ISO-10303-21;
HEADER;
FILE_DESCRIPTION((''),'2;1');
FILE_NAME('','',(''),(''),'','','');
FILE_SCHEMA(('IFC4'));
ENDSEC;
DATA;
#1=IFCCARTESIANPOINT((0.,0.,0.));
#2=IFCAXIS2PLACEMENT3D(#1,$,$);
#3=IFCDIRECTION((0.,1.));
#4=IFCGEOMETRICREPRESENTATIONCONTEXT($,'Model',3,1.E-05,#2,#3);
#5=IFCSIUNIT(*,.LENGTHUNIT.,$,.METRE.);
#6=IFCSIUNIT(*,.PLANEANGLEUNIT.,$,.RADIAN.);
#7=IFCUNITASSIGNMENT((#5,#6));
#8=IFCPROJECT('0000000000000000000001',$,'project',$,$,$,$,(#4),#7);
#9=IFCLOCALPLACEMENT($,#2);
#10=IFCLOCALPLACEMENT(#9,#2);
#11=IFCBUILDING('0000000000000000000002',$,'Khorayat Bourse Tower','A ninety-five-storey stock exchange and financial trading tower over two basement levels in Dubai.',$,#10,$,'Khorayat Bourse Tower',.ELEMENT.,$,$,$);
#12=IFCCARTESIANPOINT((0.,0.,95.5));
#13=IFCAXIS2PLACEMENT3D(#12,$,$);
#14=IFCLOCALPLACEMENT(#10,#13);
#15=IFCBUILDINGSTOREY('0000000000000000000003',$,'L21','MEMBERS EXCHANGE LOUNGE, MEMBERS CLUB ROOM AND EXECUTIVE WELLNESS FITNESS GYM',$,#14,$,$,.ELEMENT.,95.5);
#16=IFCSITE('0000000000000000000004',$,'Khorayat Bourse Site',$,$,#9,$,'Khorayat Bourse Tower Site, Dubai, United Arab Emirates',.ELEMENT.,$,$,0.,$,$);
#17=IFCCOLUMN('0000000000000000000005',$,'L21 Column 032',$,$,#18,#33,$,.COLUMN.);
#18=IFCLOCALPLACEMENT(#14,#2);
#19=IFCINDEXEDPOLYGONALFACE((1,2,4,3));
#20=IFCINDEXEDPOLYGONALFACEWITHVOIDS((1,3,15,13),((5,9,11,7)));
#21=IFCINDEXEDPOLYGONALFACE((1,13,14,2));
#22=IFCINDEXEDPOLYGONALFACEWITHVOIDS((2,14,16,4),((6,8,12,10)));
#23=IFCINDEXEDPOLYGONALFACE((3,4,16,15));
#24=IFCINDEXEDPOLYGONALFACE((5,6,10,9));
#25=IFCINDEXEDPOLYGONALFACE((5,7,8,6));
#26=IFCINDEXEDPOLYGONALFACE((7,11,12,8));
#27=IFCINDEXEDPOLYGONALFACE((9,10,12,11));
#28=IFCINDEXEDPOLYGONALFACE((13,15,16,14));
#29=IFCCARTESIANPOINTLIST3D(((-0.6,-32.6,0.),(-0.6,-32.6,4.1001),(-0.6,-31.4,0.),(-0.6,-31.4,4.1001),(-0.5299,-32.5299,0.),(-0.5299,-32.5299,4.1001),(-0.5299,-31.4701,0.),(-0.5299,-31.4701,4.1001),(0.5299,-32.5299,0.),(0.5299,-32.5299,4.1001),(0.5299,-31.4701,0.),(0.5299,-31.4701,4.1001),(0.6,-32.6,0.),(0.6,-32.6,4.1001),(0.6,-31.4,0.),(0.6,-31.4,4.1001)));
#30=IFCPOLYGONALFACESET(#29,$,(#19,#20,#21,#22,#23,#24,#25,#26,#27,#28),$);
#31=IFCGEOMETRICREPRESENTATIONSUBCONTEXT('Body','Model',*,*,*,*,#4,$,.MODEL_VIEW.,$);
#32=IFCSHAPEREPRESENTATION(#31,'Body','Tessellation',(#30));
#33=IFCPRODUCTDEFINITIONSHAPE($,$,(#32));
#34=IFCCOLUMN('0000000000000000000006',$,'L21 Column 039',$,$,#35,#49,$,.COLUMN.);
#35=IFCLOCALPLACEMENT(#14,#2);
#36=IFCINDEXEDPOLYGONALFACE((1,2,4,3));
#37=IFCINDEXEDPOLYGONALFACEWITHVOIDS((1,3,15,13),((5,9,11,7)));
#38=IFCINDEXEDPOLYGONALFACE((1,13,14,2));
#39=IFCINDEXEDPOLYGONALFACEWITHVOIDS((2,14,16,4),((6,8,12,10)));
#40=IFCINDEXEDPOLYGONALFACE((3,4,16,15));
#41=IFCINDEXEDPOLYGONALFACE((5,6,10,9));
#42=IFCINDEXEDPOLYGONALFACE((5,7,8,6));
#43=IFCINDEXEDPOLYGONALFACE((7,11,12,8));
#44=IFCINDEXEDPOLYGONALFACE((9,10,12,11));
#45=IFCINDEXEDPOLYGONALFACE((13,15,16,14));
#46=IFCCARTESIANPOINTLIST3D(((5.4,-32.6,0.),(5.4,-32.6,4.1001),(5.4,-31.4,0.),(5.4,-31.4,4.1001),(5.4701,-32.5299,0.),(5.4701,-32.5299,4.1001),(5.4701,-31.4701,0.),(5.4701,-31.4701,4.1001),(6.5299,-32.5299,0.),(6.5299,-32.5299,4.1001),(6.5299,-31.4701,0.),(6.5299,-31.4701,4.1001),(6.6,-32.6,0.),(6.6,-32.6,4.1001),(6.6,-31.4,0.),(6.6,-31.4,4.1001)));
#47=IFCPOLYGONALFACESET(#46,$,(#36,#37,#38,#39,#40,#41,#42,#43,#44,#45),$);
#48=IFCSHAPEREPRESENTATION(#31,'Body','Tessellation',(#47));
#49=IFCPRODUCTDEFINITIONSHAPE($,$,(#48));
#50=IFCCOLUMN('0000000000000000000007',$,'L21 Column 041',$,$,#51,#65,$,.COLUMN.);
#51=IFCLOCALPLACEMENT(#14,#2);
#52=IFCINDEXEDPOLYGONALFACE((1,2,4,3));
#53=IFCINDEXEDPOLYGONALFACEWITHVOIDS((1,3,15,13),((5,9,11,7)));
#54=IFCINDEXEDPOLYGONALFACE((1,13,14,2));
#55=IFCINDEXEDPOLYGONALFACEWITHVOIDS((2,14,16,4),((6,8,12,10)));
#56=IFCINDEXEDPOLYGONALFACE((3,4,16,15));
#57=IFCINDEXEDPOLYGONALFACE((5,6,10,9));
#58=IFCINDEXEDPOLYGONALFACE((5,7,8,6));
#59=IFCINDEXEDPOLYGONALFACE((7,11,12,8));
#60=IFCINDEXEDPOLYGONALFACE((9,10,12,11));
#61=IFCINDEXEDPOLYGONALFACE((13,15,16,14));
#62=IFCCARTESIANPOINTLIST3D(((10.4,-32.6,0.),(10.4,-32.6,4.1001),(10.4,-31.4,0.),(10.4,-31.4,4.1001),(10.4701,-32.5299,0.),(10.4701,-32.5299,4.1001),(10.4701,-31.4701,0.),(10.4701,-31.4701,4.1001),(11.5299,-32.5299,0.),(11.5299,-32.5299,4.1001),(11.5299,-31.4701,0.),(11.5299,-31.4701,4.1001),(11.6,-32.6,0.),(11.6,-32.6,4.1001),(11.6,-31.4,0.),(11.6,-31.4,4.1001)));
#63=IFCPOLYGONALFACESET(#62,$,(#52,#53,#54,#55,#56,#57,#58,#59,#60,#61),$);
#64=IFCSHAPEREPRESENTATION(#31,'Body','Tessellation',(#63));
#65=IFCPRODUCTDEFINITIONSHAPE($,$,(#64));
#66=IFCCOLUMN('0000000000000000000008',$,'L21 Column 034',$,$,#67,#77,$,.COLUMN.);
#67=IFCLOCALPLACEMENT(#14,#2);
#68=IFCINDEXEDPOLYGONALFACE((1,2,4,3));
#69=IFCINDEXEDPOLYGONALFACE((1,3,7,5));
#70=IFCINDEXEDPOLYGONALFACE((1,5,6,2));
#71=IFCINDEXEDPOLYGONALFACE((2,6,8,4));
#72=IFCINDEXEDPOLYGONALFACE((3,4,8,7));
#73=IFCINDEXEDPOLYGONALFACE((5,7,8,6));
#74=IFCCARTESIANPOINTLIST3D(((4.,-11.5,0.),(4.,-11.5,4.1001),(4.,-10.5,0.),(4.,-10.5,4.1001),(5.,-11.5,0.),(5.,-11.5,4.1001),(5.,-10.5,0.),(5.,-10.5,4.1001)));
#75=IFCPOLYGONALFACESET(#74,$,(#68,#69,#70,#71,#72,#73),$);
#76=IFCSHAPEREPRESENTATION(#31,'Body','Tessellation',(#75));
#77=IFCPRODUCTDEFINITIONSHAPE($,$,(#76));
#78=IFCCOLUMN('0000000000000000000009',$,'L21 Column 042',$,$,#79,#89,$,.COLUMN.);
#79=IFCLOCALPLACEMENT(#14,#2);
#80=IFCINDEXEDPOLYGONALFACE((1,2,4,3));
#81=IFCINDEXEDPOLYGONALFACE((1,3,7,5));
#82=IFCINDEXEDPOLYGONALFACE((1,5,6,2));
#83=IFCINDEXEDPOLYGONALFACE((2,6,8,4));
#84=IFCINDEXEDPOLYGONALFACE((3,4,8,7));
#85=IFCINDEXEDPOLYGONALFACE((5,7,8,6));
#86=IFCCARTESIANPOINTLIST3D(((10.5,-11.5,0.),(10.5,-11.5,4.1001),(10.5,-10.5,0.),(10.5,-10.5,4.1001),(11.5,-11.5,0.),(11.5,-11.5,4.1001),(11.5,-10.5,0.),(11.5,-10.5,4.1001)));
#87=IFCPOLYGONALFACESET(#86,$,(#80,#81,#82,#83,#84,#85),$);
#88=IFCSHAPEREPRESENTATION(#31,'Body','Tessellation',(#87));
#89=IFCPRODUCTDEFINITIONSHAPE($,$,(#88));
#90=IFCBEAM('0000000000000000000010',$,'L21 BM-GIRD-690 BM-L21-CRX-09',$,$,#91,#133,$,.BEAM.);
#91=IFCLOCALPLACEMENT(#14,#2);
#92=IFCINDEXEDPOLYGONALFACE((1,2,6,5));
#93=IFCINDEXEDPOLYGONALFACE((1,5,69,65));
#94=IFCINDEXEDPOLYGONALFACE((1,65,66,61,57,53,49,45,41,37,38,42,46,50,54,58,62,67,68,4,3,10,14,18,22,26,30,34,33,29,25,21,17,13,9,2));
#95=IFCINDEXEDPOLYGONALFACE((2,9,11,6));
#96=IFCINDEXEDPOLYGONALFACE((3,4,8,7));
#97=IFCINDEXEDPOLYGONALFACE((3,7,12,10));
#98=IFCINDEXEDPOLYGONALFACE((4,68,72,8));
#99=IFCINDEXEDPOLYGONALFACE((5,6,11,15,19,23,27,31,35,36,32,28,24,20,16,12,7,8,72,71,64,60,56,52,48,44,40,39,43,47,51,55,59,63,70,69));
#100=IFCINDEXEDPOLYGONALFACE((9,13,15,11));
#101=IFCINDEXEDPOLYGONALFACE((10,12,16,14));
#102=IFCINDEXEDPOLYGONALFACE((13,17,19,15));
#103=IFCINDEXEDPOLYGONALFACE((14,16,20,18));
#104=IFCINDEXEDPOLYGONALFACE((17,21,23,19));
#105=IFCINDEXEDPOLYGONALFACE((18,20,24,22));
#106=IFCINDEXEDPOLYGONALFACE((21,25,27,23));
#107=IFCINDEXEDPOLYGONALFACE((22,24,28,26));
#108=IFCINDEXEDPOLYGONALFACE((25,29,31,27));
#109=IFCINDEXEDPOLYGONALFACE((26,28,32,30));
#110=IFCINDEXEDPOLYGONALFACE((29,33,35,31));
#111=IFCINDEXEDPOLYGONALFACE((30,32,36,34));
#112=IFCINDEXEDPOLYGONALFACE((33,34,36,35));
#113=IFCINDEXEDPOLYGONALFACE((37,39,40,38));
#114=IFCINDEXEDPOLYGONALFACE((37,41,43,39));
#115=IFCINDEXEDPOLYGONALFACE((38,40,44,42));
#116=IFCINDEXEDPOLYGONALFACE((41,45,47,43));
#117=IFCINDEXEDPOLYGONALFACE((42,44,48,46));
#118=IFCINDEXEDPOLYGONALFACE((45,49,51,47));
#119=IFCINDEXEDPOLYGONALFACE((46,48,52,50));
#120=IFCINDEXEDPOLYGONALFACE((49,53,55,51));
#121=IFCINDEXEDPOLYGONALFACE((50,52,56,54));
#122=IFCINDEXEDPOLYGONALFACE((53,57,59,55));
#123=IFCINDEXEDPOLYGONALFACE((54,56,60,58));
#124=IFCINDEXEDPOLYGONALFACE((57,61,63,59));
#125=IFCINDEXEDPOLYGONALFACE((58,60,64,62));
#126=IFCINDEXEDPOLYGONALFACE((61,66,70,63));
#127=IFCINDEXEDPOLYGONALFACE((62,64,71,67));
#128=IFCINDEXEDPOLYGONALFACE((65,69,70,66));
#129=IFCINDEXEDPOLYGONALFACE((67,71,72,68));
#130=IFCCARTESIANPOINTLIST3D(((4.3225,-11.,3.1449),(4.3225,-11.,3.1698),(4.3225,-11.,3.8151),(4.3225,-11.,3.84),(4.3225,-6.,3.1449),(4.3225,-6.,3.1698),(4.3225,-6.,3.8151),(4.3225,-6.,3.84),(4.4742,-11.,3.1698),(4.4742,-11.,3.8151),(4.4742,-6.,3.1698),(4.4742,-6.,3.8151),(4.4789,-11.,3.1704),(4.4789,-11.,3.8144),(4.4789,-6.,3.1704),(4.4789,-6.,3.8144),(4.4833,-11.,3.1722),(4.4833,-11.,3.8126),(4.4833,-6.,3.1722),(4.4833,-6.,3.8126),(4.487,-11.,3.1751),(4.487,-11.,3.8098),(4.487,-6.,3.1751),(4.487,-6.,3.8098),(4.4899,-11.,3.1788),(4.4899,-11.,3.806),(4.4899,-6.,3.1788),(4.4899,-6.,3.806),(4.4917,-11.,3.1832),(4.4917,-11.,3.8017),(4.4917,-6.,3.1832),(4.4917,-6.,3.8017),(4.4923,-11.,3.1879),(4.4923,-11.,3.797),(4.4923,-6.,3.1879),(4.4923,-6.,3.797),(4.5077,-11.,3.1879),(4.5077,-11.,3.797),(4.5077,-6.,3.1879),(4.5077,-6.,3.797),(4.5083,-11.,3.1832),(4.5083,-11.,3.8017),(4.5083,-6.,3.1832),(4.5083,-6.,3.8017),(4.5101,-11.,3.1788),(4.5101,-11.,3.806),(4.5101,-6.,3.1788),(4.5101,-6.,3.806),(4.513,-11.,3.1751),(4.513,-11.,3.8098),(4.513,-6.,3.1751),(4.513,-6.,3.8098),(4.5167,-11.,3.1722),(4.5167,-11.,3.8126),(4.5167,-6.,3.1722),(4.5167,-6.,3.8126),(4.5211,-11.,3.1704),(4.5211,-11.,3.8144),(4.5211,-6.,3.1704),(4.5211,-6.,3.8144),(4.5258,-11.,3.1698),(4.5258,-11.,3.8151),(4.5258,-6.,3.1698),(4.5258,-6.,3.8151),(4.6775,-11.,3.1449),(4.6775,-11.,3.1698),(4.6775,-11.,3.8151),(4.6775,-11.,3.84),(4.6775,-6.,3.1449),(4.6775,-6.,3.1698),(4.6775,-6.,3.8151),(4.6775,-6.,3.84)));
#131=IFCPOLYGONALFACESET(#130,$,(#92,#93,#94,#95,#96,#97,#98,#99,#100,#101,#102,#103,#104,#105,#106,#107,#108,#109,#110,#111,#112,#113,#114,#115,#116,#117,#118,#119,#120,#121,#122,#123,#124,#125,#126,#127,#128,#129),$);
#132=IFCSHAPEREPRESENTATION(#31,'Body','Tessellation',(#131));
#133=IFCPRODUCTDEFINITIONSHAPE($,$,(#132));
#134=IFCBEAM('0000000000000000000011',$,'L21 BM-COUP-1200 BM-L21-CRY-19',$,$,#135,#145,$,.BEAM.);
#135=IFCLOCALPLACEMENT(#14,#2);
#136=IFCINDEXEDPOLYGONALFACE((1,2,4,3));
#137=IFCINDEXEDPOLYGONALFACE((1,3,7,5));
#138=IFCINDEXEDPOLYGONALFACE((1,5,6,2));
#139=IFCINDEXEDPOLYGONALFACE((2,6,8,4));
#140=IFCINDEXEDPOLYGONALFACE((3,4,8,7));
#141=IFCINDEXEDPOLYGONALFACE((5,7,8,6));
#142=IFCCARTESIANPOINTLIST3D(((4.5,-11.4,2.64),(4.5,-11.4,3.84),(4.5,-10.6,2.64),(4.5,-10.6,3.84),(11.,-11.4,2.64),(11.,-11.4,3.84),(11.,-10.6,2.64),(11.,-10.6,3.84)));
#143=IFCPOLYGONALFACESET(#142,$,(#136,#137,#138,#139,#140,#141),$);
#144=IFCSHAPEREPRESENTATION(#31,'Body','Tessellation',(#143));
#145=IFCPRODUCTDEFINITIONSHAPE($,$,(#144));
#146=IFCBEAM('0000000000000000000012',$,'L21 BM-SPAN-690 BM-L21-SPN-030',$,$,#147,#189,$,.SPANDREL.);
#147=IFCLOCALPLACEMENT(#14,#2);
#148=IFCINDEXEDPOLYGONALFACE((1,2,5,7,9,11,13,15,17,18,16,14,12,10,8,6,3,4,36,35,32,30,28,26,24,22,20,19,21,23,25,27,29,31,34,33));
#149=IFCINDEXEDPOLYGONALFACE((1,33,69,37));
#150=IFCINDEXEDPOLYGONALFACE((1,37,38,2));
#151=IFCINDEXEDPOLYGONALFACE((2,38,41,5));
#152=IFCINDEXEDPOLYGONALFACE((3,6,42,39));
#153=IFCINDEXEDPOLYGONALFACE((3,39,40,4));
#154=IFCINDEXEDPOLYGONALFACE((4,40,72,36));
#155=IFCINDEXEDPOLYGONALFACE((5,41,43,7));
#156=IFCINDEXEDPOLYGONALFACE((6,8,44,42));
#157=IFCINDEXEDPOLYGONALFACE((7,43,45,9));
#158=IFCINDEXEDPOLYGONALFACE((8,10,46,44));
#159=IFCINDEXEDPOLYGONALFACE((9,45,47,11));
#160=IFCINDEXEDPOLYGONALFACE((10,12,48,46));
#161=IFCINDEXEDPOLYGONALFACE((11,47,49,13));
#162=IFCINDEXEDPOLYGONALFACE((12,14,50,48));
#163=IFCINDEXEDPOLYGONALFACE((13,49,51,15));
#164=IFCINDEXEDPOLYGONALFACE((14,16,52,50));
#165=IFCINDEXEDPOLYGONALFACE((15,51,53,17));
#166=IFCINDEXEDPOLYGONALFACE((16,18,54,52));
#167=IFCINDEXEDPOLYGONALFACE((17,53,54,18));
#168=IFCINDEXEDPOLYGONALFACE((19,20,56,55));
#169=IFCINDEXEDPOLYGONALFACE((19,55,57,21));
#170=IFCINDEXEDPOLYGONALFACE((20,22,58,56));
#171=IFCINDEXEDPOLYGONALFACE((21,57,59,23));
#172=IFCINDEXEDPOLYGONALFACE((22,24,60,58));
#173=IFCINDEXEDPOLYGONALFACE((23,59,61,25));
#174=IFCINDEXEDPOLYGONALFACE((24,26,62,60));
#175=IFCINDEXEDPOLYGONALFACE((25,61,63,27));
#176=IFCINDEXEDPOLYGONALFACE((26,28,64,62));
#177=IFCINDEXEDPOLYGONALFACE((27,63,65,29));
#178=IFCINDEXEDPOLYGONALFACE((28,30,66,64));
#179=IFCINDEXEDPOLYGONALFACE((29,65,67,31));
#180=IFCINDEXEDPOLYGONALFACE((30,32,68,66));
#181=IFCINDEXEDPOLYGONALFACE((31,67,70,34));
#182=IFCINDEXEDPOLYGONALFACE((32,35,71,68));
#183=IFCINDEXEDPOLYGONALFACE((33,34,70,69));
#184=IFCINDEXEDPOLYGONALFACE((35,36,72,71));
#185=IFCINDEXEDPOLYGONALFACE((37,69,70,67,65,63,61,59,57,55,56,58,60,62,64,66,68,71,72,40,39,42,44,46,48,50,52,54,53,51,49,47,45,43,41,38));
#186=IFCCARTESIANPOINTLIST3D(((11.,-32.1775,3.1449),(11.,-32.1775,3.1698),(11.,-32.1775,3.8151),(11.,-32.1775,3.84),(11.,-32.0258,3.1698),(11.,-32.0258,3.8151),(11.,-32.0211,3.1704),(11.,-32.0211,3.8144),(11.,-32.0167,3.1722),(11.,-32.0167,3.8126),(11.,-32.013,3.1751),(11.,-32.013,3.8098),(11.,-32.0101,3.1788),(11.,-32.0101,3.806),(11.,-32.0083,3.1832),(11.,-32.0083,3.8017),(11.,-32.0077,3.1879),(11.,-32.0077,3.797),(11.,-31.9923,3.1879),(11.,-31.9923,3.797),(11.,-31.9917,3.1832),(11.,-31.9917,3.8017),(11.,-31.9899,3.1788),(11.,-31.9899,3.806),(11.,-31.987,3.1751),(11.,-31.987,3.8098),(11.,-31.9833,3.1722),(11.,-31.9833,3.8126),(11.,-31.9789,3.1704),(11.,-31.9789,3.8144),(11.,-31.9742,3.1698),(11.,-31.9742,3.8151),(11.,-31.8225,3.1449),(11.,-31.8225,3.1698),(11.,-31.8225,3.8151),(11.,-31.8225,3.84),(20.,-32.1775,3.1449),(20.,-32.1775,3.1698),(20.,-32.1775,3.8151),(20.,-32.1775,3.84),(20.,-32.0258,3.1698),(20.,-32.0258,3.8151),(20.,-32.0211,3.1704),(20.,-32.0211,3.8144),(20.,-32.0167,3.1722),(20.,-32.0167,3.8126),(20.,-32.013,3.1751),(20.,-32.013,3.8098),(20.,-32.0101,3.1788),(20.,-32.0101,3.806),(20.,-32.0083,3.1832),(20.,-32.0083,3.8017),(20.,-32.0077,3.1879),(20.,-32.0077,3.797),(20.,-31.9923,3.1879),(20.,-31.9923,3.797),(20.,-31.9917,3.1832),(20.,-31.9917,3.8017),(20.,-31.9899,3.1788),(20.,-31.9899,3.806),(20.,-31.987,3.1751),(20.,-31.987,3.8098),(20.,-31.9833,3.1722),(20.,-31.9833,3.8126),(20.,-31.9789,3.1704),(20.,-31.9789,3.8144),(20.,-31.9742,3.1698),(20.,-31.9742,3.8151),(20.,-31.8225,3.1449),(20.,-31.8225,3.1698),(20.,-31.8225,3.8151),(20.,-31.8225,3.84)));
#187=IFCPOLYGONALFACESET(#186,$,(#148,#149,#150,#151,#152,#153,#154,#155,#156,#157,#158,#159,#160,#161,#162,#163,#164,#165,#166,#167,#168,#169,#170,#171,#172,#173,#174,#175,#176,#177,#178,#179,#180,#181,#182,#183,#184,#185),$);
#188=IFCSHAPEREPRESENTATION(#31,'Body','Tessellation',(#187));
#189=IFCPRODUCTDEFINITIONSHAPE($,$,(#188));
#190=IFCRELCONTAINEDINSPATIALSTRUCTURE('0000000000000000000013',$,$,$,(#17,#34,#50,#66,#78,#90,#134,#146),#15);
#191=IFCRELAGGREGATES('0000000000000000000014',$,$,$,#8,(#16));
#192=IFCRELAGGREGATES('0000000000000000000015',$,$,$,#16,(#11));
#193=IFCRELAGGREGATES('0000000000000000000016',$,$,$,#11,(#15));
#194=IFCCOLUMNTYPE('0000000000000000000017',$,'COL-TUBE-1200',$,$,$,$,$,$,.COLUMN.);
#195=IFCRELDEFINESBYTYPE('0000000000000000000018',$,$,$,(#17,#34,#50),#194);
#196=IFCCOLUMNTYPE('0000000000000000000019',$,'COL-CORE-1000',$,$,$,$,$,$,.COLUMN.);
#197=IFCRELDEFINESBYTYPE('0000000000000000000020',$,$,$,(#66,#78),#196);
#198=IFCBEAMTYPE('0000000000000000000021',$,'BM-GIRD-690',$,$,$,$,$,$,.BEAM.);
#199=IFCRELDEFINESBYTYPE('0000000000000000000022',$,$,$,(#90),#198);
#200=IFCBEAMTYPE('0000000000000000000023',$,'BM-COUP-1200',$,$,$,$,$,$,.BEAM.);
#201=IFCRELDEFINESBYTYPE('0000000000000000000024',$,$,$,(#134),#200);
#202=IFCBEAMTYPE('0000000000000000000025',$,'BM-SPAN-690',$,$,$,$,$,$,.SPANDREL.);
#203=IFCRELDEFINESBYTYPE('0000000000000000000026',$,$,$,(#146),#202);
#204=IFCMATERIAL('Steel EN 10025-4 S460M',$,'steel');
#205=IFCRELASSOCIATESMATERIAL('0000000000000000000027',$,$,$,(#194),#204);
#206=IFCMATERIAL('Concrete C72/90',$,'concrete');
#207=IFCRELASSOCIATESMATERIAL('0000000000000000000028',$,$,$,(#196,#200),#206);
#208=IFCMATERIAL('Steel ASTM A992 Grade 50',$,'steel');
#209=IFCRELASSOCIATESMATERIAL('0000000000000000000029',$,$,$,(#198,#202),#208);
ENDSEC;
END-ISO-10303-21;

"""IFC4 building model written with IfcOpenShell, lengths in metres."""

from ifc_helpers import new_model, si_unit, direction, frame, origin, origin_2d, place, context, subcontext, project, spatial, rectangle, hollow_rectangle, i_section, extrude, source, transform, mapped, material, material_profile, profile_set, type_object, element, save


model = new_model("IFC4")

# Units and contexts
model_context = context("Model", 3, precision=1e-05, world=origin(), true_north=direction((0.0, 1.0)))
body_context = subcontext(model_context, "Body", "Model", "MODEL_VIEW")
ifc_project = project(units=[si_unit("LENGTHUNIT", "METRE"), si_unit("PLANEANGLEUNIT", "RADIAN")], contexts=[model_context])

# Site, building, storey
site_placement = place(None, origin())
site = spatial("IfcSite", under=ifc_project, at=site_placement, Name="Khorayat Bourse Site", LongName="Khorayat Bourse Tower Site, Dubai, United Arab Emirates", CompositionType="ELEMENT", RefElevation=0.0)
building_placement = place(site_placement, origin())
building = spatial("IfcBuilding", under=site, at=building_placement, Name="Khorayat Bourse Tower", Description="A ninety-five-storey stock exchange and financial trading tower over two basement levels in Dubai.", LongName="Khorayat Bourse Tower", CompositionType="ELEMENT")
storey_placement = place(building_placement, frame((0.0, 0.0, 95.5)))
storey = spatial("IfcBuildingStorey", under=building, at=storey_placement, Name="L21", Description="MEMBERS EXCHANGE LOUNGE, MEMBERS CLUB ROOM AND EXECUTIVE WELLNESS FITNESS GYM", CompositionType="ELEMENT", Elevation=95.5)

# Columns
ifc_material_1 = material(Name="Steel EN 10025-4 S460M", Category="steel")
ifc_material_profile_1 = material_profile(ifc_material_1, hollow_rectangle(XDim=1.2, YDim=1.2, WallThickness=0.0701, at=origin_2d()), Name="BOX 1200x1200x70")
ifc_profile_set_1 = profile_set([ifc_material_profile_1], Name="Steel EN 10025-4 S460M")
column_type_1 = type_object("IfcColumnType", Name="COL-TUBE-1200", PredefinedType="COLUMN", material=ifc_profile_set_1)
shared_shape_1 = source(origin(), body_context, "Body", "SweptSolid", [
    extrude(hollow_rectangle(XDim=1.2, YDim=1.2, WallThickness=0.0701, at=origin_2d()), origin(), (0.0, 0.0, 1.0), 4.1001),
])
for number, where, z_axis, x_axis, name in (
    (1, (0.0, -32.0, 0.0), (0.0, 0.0, 1.0), (1.0, 0.0, 0.0), "L21 Column 032"),
    (2, (6.0, -32.0, 0.0), (0.0, 0.0, 1.0), (1.0, 0.0, 0.0), "L21 Column 039"),
    (3, (11.0, -32.0, 0.0), (0.0, 0.0, 1.0), (1.0, 0.0, 0.0), "L21 Column 041"),
):
    element("IfcColumn", number, at=place(storey_placement, frame(where, z_axis=z_axis, x_axis=x_axis)), inside=storey, type_object=column_type_1, Name=name, PredefinedType="COLUMN", context=body_context, shape_type="MappedRepresentation", body=[
        mapped(shared_shape_1, transform((0.0, 0.0, 0.0), scale=1.0)),
    ])
ifc_material_2 = material(Name="Concrete C72/90", Category="concrete")
ifc_material_profile_2 = material_profile(ifc_material_2, rectangle(XDim=1.0, YDim=1.0, at=origin_2d()), Name="RC 1000x1000")
ifc_profile_set_2 = profile_set([ifc_material_profile_2], Name="Concrete C72/90")
column_type_2 = type_object("IfcColumnType", Name="COL-CORE-1000", PredefinedType="COLUMN", material=ifc_profile_set_2)
shared_shape_2 = source(origin(), body_context, "Body", "SweptSolid", [
    extrude(rectangle(XDim=1.0, YDim=1.0, at=origin_2d()), origin(), (0.0, 0.0, 1.0), 4.1001),
])
for number, where, z_axis, x_axis, name in (
    (4, (4.5, -11.0, 0.0), (0.0, 0.0, 1.0), (1.0, 0.0, 0.0), "L21 Column 034"),
    (5, (11.0, -11.0, 0.0), (0.0, 0.0, 1.0), (1.0, 0.0, 0.0), "L21 Column 042"),
):
    element("IfcColumn", number, at=place(storey_placement, frame(where, z_axis=z_axis, x_axis=x_axis)), inside=storey, type_object=column_type_2, Name=name, PredefinedType="COLUMN", context=body_context, shape_type="MappedRepresentation", body=[
        mapped(shared_shape_2, transform((0.0, 0.0, 0.0), scale=1.0)),
    ])

# Beams
ifc_material_3 = material(Name="Steel ASTM A992 Grade 50", Category="steel")
ifc_material_profile_3 = material_profile(ifc_material_3, i_section(OverallWidth=0.355, OverallDepth=0.6951, WebThickness=0.0154, FlangeThickness=0.0249, FilletRadius=0.0181, at=origin_2d()), Name="W690X217")
ifc_profile_set_3 = profile_set([ifc_material_profile_3], Name="Steel ASTM A992 Grade 50")
beam_type_1 = type_object("IfcBeamType", Name="BM-GIRD-690", PredefinedType="BEAM", material=ifc_profile_set_3)
shared_shape_3 = source(origin(), body_context, "Body", "SweptSolid", [
    extrude(i_section(OverallWidth=0.355, OverallDepth=0.6951, WebThickness=0.0154, FlangeThickness=0.0249, FilletRadius=0.0181, at=origin_2d()), origin(), (0.0, 0.0, 1.0), 5.0),
])
beam_1_placement = place(storey_placement, frame((4.5, -11.0, 3.4924), z_axis=(0.0, 1.0, 0.0), x_axis=(-1.0, 0.0, 0.0)))
element("IfcBeam", 6, at=beam_1_placement, inside=storey, type_object=beam_type_1, Name="L21 BM-GIRD-690 BM-L21-CRX-09", PredefinedType="BEAM", context=body_context, shape_type="MappedRepresentation", body=[
    mapped(shared_shape_3, transform((0.0, 0.0, 0.0), scale=1.0)),
])
ifc_material_profile_4 = material_profile(ifc_material_2, rectangle(XDim=0.8, YDim=1.2, at=origin_2d()), Name="RC 800x1200")
ifc_profile_set_4 = profile_set([ifc_material_profile_4], Name="Concrete C72/90")
beam_type_2 = type_object("IfcBeamType", Name="BM-COUP-1200", PredefinedType="BEAM", material=ifc_profile_set_4)
shared_shape_4 = source(origin(), body_context, "Body", "SweptSolid", [
    extrude(rectangle(XDim=0.8, YDim=1.2, at=origin_2d()), origin(), (0.0, 0.0, 1.0), 6.5),
])
beam_2_placement = place(storey_placement, frame((4.5, -11.0, 3.24), z_axis=(1.0, 0.0, 0.0), x_axis=(0.0, 1.0, 0.0)))
element("IfcBeam", 7, at=beam_2_placement, inside=storey, type_object=beam_type_2, Name="L21 BM-COUP-1200 BM-L21-CRY-19", PredefinedType="BEAM", context=body_context, shape_type="MappedRepresentation", body=[
    mapped(shared_shape_4, transform((0.0, 0.0, 0.0), scale=1.0)),
])
ifc_material_profile_5 = material_profile(ifc_material_3, i_section(OverallWidth=0.355, OverallDepth=0.6951, WebThickness=0.0154, FlangeThickness=0.0249, FilletRadius=0.0181, at=origin_2d()), Name="W690X217")
ifc_profile_set_5 = profile_set([ifc_material_profile_5], Name="Steel ASTM A992 Grade 50")
beam_type_3 = type_object("IfcBeamType", Name="BM-SPAN-690", PredefinedType="SPANDREL", material=ifc_profile_set_5)
shared_shape_5 = source(origin(), body_context, "Body", "SweptSolid", [
    extrude(i_section(OverallWidth=0.355, OverallDepth=0.6951, WebThickness=0.0154, FlangeThickness=0.0249, FilletRadius=0.0181, at=origin_2d()), origin(), (0.0, 0.0, 1.0), 9.0),
])
beam_3_placement = place(storey_placement, frame((11.0, -32.0, 3.4924), z_axis=(1.0, 0.0, 0.0), x_axis=(0.0, 1.0, 0.0)))
element("IfcBeam", 8, at=beam_3_placement, inside=storey, type_object=beam_type_3, Name="L21 BM-SPAN-690 BM-L21-SPN-030", PredefinedType="SPANDREL", context=body_context, shape_type="MappedRepresentation", body=[
    mapped(shared_shape_5, transform((0.0, 0.0, 0.0), scale=1.0)),
])

save(model, "model.ifc")
